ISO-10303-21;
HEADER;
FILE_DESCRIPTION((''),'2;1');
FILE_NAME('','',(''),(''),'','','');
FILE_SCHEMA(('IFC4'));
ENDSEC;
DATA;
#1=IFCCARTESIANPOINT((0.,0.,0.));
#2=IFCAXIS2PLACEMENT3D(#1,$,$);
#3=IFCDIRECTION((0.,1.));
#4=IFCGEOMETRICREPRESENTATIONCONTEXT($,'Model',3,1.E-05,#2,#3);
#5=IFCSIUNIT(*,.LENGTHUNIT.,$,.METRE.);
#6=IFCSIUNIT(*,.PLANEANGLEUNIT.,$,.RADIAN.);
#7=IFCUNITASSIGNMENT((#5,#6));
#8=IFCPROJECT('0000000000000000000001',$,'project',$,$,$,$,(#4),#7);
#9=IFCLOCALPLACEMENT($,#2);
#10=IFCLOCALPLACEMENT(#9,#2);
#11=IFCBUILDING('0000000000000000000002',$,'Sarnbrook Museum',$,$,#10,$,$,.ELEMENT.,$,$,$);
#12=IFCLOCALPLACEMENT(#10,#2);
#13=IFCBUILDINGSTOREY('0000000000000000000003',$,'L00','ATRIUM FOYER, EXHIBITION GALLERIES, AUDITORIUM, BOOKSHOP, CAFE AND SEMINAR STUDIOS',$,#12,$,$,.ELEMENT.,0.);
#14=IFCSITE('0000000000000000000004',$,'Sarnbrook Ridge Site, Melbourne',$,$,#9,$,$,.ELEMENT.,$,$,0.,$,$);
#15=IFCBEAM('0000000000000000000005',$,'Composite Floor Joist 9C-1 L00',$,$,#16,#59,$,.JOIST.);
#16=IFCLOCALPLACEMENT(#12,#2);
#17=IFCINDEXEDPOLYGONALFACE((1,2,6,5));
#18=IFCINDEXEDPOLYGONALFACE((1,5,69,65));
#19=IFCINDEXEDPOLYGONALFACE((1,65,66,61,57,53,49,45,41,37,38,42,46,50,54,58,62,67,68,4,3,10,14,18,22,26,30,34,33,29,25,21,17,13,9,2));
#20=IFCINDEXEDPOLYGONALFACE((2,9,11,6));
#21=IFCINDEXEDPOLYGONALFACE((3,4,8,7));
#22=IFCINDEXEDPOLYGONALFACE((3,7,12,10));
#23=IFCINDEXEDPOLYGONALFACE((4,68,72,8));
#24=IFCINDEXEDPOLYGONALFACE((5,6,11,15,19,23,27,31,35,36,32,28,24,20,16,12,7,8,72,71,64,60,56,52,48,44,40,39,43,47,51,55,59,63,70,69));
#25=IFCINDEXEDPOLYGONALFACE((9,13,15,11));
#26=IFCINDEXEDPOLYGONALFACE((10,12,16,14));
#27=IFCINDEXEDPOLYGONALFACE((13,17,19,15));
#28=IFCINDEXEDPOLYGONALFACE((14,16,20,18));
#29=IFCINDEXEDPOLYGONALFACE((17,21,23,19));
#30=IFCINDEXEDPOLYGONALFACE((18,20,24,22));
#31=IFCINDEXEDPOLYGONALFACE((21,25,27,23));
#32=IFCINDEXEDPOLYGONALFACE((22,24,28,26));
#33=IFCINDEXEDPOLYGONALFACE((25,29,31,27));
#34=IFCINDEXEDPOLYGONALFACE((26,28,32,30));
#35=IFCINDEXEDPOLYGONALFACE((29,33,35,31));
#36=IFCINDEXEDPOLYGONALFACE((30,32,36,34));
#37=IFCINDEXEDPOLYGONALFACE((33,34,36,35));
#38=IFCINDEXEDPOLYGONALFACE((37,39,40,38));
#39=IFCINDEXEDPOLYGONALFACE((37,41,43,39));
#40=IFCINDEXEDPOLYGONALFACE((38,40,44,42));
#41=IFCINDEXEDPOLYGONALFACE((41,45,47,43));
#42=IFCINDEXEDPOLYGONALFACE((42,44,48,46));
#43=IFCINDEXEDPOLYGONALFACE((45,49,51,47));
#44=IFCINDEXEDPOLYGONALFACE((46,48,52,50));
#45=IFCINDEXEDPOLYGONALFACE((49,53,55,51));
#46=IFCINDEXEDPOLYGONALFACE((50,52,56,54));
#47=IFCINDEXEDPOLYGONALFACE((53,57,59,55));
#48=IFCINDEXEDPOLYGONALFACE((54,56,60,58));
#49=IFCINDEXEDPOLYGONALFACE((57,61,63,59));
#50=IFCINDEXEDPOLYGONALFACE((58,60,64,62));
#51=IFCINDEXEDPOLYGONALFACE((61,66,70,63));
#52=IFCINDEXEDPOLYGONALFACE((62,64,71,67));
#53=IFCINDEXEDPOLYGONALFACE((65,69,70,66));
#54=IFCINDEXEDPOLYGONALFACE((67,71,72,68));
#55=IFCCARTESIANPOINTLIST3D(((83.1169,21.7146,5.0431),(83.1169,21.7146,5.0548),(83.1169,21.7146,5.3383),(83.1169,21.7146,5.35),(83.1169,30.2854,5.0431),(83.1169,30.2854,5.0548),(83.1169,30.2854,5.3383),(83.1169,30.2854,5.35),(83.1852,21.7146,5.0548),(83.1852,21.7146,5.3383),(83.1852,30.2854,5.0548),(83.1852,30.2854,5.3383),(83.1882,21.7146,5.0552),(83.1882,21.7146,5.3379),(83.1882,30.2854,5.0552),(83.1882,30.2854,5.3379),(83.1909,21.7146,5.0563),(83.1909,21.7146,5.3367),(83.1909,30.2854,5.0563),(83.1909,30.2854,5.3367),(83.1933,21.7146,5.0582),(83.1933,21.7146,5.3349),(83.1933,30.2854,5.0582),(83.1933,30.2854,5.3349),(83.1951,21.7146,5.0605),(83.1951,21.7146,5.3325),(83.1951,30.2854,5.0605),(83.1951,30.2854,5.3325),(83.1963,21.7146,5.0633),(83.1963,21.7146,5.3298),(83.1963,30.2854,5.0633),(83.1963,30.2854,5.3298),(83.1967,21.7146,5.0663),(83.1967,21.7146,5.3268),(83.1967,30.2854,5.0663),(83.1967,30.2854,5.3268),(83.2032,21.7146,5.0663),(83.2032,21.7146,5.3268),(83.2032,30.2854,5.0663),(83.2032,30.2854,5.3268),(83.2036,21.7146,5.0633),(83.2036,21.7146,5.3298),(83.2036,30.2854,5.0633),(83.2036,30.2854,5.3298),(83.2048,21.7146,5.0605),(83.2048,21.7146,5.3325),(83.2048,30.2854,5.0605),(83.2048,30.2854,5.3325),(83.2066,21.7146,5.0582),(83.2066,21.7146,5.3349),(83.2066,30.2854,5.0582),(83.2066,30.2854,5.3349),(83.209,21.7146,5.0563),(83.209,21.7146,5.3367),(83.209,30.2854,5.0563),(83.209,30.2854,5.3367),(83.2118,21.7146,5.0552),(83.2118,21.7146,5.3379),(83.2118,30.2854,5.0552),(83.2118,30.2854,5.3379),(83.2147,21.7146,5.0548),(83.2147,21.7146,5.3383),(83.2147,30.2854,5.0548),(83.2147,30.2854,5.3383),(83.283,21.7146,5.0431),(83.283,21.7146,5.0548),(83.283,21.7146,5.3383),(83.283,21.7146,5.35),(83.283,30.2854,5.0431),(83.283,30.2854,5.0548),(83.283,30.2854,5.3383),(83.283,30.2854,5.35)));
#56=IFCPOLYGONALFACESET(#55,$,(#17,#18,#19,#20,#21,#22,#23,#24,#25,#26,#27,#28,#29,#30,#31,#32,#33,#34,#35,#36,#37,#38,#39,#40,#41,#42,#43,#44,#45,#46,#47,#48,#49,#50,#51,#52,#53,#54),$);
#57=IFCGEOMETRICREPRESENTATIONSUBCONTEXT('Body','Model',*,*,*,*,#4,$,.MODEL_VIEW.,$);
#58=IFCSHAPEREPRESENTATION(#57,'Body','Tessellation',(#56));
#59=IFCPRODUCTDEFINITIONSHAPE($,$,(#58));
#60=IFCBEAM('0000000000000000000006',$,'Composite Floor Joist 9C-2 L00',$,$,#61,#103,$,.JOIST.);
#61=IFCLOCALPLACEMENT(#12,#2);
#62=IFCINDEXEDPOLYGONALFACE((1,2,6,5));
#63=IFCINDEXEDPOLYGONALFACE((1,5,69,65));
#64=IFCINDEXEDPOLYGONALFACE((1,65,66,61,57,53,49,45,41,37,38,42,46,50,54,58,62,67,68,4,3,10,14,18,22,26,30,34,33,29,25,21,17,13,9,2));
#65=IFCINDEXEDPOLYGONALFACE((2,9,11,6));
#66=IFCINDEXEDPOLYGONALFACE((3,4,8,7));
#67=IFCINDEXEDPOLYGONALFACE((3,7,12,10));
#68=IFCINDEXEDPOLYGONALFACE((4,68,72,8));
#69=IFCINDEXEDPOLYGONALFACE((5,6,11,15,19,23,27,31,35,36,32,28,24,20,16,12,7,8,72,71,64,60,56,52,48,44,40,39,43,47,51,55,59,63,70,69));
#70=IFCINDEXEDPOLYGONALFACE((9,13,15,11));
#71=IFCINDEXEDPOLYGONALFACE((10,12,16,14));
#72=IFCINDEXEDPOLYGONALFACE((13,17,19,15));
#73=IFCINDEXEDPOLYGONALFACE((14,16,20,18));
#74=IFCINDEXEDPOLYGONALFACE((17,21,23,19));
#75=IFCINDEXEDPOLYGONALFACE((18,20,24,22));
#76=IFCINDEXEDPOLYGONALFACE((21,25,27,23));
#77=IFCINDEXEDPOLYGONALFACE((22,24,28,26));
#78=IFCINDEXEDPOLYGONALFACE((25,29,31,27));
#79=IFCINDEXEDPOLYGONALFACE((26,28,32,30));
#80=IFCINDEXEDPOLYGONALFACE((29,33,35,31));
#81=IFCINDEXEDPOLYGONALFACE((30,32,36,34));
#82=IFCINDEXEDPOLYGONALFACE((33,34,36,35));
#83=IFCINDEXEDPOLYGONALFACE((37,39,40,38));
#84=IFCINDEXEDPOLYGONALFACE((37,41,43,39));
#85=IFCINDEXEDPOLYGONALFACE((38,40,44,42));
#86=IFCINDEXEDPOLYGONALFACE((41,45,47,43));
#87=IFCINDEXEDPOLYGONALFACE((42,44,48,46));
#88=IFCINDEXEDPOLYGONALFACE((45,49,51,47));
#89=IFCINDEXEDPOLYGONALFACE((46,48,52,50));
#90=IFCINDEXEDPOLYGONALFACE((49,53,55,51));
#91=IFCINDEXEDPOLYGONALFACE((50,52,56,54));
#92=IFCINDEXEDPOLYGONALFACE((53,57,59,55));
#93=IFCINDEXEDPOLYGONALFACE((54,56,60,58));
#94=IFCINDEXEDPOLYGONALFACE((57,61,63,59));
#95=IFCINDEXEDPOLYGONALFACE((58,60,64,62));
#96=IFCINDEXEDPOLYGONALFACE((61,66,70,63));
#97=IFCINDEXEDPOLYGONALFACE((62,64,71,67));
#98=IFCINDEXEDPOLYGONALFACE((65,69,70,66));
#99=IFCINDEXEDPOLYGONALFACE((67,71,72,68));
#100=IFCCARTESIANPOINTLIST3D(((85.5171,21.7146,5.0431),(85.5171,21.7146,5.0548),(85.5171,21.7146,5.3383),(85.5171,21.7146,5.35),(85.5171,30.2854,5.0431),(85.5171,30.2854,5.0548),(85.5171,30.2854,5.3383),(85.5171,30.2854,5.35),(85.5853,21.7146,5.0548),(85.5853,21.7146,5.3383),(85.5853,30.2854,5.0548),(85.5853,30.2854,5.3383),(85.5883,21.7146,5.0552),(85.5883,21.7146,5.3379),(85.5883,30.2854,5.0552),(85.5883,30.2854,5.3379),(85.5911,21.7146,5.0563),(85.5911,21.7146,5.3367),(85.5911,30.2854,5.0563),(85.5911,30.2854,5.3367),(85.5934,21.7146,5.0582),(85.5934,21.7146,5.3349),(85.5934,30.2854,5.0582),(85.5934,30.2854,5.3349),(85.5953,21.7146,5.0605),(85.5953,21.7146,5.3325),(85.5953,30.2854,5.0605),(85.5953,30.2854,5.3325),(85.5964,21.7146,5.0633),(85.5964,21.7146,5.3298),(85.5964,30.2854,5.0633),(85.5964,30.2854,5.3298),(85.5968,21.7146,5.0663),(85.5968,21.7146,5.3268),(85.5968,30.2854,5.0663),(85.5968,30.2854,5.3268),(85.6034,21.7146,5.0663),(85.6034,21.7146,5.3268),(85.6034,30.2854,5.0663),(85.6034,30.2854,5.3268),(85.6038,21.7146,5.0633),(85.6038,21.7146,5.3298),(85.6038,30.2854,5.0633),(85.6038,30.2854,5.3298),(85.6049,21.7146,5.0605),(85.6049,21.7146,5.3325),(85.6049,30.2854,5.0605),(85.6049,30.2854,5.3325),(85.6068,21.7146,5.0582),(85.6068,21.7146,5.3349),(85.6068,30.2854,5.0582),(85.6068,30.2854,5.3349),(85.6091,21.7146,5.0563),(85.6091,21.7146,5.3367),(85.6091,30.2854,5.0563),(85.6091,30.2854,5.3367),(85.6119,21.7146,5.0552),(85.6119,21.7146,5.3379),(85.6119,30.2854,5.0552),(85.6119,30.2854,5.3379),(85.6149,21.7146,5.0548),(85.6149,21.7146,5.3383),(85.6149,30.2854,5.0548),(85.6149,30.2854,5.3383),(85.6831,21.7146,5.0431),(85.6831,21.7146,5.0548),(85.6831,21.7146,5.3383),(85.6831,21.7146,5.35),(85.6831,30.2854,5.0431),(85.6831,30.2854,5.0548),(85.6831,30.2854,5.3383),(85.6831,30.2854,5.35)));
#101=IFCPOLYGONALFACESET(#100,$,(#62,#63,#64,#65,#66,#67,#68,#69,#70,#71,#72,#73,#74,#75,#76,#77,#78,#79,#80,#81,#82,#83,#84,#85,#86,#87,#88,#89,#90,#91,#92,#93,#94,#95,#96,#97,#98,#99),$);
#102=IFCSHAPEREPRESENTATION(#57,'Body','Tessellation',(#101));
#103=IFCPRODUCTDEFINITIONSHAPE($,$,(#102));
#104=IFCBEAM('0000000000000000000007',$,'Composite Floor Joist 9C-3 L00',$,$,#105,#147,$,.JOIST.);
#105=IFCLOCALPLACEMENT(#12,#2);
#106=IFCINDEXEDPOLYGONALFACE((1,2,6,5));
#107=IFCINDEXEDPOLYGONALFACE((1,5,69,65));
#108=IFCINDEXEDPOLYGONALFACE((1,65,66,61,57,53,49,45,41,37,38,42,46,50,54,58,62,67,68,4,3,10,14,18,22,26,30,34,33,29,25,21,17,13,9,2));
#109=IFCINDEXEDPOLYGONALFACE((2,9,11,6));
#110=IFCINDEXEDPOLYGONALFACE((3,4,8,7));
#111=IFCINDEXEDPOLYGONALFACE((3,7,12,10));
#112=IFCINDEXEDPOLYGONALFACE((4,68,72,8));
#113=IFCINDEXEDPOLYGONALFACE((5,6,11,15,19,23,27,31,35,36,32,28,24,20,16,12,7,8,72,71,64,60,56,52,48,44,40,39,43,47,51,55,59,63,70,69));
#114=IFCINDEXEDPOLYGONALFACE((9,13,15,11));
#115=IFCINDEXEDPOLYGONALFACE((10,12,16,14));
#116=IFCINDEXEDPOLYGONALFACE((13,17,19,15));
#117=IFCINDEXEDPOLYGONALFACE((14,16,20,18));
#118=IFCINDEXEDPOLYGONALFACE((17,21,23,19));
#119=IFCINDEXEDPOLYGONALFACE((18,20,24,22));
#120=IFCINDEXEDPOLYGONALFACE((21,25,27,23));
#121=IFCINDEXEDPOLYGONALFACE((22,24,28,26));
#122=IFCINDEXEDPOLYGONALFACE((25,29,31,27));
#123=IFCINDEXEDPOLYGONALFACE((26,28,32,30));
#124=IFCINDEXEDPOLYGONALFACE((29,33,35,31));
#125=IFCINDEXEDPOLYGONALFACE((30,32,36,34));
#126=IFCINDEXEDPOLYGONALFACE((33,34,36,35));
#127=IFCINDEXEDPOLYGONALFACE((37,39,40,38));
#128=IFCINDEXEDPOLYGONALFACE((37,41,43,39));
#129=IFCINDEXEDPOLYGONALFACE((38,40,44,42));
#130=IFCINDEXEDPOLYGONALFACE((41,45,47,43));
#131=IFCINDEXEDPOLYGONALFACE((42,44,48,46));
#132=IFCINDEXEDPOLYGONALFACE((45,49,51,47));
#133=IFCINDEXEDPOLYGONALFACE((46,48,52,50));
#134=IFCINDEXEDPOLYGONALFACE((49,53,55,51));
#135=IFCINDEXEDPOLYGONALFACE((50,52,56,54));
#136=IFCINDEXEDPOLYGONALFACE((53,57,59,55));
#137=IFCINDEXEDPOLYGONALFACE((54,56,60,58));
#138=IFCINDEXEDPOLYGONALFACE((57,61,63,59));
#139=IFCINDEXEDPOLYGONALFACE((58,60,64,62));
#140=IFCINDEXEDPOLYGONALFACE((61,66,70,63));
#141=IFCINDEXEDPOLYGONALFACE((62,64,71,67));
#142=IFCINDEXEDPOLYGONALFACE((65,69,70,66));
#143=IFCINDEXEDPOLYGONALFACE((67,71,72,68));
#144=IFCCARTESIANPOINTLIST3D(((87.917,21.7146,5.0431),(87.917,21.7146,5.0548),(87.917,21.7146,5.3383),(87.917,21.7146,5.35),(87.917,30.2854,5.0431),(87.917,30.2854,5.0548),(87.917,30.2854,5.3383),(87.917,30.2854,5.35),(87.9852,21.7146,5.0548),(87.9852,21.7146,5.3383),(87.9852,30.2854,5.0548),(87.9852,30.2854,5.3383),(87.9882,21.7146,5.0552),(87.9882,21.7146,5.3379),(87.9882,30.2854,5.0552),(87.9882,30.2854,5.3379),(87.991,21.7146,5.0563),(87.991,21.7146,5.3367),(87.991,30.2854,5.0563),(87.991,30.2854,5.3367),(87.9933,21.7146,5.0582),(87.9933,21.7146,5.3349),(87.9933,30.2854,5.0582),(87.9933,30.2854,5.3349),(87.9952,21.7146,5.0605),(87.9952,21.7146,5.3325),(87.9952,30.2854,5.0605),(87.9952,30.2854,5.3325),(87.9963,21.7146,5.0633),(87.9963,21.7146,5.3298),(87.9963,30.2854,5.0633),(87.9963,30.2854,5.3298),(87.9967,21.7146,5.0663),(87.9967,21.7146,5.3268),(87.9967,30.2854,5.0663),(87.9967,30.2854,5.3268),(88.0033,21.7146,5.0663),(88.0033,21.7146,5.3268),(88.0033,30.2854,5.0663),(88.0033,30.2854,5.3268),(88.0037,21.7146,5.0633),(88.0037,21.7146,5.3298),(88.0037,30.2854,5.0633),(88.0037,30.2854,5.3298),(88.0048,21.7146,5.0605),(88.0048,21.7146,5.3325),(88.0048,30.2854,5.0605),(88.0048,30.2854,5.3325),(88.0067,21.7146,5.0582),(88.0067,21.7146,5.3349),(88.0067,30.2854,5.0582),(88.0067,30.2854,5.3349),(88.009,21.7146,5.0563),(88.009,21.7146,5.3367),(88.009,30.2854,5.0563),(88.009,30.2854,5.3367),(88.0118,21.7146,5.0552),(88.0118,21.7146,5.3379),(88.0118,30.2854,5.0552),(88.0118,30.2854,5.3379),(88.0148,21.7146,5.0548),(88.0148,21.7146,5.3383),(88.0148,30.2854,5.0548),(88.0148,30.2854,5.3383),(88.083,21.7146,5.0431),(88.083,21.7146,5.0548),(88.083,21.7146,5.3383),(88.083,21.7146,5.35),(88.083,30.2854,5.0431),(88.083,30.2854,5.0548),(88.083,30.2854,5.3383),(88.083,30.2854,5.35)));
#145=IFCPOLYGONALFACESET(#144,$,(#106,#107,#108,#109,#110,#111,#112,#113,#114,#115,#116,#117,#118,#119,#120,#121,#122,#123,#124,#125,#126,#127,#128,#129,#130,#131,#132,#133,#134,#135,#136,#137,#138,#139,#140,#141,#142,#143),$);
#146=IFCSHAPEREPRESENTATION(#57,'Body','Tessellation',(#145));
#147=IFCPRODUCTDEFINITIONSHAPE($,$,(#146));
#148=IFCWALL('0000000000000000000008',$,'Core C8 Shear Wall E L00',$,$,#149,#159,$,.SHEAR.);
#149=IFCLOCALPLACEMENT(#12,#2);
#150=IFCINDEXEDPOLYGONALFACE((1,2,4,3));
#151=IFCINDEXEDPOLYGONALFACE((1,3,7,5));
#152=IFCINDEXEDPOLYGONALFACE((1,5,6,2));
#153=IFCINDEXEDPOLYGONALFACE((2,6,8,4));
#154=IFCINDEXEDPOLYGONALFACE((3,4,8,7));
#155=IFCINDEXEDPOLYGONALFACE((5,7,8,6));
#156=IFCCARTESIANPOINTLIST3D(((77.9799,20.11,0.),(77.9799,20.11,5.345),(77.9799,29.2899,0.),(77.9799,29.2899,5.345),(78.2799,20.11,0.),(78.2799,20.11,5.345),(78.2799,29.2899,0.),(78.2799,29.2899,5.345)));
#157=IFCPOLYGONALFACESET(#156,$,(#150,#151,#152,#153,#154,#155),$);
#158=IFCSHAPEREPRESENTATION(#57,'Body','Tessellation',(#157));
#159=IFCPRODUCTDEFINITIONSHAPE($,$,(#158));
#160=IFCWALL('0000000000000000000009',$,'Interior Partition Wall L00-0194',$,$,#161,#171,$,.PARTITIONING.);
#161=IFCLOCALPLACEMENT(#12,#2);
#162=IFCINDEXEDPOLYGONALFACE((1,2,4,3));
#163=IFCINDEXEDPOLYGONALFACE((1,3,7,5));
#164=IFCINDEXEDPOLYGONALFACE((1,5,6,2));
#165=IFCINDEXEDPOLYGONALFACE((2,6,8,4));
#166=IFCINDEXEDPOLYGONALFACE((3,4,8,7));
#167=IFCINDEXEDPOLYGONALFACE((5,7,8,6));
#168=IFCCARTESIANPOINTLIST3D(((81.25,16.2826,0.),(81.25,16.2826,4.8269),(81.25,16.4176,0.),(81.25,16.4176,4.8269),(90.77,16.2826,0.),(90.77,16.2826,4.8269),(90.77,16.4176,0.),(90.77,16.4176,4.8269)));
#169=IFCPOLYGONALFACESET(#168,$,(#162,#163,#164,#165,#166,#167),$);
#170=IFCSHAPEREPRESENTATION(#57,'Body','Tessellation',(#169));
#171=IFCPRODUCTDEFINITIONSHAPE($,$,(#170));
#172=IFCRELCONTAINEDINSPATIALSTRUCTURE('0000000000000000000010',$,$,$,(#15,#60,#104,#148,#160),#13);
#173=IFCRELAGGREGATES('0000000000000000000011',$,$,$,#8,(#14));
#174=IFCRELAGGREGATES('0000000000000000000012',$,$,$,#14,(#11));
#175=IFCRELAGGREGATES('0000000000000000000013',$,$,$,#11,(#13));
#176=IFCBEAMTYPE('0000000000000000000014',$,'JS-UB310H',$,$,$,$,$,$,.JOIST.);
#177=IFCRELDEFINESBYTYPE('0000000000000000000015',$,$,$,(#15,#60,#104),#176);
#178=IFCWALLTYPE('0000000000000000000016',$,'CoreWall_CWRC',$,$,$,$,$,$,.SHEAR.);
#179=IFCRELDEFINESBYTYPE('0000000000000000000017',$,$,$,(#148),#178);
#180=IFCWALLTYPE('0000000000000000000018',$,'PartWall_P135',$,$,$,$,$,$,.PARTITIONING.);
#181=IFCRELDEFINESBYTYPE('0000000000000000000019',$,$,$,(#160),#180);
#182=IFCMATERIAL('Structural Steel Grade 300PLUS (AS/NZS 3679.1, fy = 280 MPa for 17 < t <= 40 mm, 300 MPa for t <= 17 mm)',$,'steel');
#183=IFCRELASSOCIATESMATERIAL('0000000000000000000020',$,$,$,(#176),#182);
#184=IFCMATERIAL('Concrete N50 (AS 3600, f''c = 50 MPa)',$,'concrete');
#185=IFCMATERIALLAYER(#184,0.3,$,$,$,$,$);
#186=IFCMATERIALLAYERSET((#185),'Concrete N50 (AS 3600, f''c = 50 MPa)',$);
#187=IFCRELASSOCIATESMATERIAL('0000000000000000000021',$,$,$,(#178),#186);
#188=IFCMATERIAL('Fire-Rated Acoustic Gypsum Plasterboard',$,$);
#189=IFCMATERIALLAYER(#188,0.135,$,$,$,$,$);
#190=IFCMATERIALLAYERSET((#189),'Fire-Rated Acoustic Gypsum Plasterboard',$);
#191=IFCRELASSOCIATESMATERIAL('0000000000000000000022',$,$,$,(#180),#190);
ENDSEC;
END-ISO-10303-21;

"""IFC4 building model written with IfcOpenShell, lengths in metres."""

from ifc_helpers import new_model, si_unit, direction, frame, frame_2d, origin, origin_2d, place, context, subcontext, project, spatial, rectangle, i_section, extrude, material, layer, layer_set, material_profile, profile_set, type_object, element, save


model = new_model("IFC4")

# Units and contexts
model_context = context("Model", 3, precision=1e-05, world=origin(), true_north=direction((0.0, 1.0)))
body_context = subcontext(model_context, "Body", "Model", "MODEL_VIEW")
ifc_project = project(units=[si_unit("LENGTHUNIT", "METRE"), si_unit("PLANEANGLEUNIT", "RADIAN")], contexts=[model_context])

# Site, building, storey
site_placement = place(None, origin())
site = spatial("IfcSite", under=ifc_project, at=site_placement, Name="Sarnbrook Ridge Site, Melbourne", CompositionType="ELEMENT", RefElevation=0.0)
building_placement = place(site_placement, origin())
building = spatial("IfcBuilding", under=site, at=building_placement, Name="Sarnbrook Museum", CompositionType="ELEMENT")
storey_placement = place(building_placement, origin())
storey = spatial("IfcBuildingStorey", under=building, at=storey_placement, Name="L00", Description="ATRIUM FOYER, EXHIBITION GALLERIES, AUDITORIUM, BOOKSHOP, CAFE AND SEMINAR STUDIOS", CompositionType="ELEMENT", Elevation=0.0)

# Shared definitions
ifc_material_1 = material(Name="Structural Steel Grade 300PLUS (AS/NZS 3679.1, fy = 280 MPa for 17 < t <= 40 mm, 300 MPa for t <= 17 mm)", Category="steel")

# Beams
ifc_material_profile_1 = material_profile(ifc_material_1, i_section(OverallWidth=0.166, OverallDepth=0.3069, WebThickness=0.0066, FlangeThickness=0.0117, FilletRadius=0.0115, at=origin_2d()), Name="310UB46.2")
ifc_profile_set_1 = profile_set([ifc_material_profile_1], Name="Structural Steel Grade 300PLUS (AS/NZS 3679.1, fy = 280 MPa for 17 < t <= 40 mm, 300 MPa for t <= 17 mm)")
beam_type_1 = type_object("IfcBeamType", Name="JS-UB310H", PredefinedType="JOIST", material=ifc_profile_set_1)
for number, where, z_axis, x_axis, name in (
    (1, (83.2, 21.7146, 5.1965), (0.0, 1.0, 0.0), (-1.0, 0.0, 0.0), "Composite Floor Joist 9C-1 L00"),
    (2, (85.6001, 21.7146, 5.1965), (0.0, 1.0, 0.0), (-1.0, 0.0, 0.0), "Composite Floor Joist 9C-2 L00"),
    (3, (88.0, 21.7146, 5.1965), (0.0, 1.0, 0.0), (-1.0, 0.0, 0.0), "Composite Floor Joist 9C-3 L00"),
):
    element("IfcBeam", number, at=place(storey_placement, frame(where, z_axis=z_axis, x_axis=x_axis)), inside=storey, type_object=beam_type_1, Name=name, PredefinedType="JOIST", context=body_context, shape_type="SweptSolid", body=[
        extrude(i_section(OverallWidth=0.166, OverallDepth=0.3069, WebThickness=0.0066, FlangeThickness=0.0117, FilletRadius=0.0115, at=origin_2d()), origin(), (0.0, 0.0, 1.0), 8.5708),
    ])

# Walls
ifc_material_2 = material(Name="Concrete N50 (AS 3600, f'c = 50 MPa)", Category="concrete")
ifc_layer_1 = layer(ifc_material_2, 0.3)
ifc_layer_set_1 = layer_set([ifc_layer_1], Name="Concrete N50 (AS 3600, f'c = 50 MPa)")
wall_type_1 = type_object("IfcWallType", Name="CoreWall_CWRC", PredefinedType="SHEAR", material=ifc_layer_set_1)
wall_1_placement = place(storey_placement, frame((78.1299, 20.1101, 0.0), z_axis=(0.0, 0.0, 1.0), x_axis=(0.0, 1.0, 0.0)))
element("IfcWall", 4, at=wall_1_placement, inside=storey, type_object=wall_type_1, Name="Core C8 Shear Wall E L00", PredefinedType="SHEAR", context=body_context, shape_type="SweptSolid", body=[
    extrude(rectangle(XDim=9.1799, YDim=0.3, at=frame_2d((4.5898, 0.0))), origin(), (0.0, 0.0, 1.0), 5.345),
])
ifc_material_3 = material(Name="Fire-Rated Acoustic Gypsum Plasterboard")
ifc_layer_2 = layer(ifc_material_3, 0.135)
ifc_layer_set_2 = layer_set([ifc_layer_2], Name="Fire-Rated Acoustic Gypsum Plasterboard")
wall_type_2 = type_object("IfcWallType", Name="PartWall_P135", PredefinedType="PARTITIONING", material=ifc_layer_set_2)
wall_2_placement = place(storey_placement, frame((81.25, 16.3501, 0.0), z_axis=(0.0, 0.0, 1.0), x_axis=(1.0, 0.0, 0.0)))
element("IfcWall", 5, at=wall_2_placement, inside=storey, type_object=wall_type_2, Name="Interior Partition Wall L00-0194", PredefinedType="PARTITIONING", context=body_context, shape_type="SweptSolid", body=[
    extrude(rectangle(XDim=9.52, YDim=0.135, at=frame_2d((4.76, 0.0))), origin(), (0.0, 0.0, 1.0), 4.8269),
])

save(model, "model.ifc")
